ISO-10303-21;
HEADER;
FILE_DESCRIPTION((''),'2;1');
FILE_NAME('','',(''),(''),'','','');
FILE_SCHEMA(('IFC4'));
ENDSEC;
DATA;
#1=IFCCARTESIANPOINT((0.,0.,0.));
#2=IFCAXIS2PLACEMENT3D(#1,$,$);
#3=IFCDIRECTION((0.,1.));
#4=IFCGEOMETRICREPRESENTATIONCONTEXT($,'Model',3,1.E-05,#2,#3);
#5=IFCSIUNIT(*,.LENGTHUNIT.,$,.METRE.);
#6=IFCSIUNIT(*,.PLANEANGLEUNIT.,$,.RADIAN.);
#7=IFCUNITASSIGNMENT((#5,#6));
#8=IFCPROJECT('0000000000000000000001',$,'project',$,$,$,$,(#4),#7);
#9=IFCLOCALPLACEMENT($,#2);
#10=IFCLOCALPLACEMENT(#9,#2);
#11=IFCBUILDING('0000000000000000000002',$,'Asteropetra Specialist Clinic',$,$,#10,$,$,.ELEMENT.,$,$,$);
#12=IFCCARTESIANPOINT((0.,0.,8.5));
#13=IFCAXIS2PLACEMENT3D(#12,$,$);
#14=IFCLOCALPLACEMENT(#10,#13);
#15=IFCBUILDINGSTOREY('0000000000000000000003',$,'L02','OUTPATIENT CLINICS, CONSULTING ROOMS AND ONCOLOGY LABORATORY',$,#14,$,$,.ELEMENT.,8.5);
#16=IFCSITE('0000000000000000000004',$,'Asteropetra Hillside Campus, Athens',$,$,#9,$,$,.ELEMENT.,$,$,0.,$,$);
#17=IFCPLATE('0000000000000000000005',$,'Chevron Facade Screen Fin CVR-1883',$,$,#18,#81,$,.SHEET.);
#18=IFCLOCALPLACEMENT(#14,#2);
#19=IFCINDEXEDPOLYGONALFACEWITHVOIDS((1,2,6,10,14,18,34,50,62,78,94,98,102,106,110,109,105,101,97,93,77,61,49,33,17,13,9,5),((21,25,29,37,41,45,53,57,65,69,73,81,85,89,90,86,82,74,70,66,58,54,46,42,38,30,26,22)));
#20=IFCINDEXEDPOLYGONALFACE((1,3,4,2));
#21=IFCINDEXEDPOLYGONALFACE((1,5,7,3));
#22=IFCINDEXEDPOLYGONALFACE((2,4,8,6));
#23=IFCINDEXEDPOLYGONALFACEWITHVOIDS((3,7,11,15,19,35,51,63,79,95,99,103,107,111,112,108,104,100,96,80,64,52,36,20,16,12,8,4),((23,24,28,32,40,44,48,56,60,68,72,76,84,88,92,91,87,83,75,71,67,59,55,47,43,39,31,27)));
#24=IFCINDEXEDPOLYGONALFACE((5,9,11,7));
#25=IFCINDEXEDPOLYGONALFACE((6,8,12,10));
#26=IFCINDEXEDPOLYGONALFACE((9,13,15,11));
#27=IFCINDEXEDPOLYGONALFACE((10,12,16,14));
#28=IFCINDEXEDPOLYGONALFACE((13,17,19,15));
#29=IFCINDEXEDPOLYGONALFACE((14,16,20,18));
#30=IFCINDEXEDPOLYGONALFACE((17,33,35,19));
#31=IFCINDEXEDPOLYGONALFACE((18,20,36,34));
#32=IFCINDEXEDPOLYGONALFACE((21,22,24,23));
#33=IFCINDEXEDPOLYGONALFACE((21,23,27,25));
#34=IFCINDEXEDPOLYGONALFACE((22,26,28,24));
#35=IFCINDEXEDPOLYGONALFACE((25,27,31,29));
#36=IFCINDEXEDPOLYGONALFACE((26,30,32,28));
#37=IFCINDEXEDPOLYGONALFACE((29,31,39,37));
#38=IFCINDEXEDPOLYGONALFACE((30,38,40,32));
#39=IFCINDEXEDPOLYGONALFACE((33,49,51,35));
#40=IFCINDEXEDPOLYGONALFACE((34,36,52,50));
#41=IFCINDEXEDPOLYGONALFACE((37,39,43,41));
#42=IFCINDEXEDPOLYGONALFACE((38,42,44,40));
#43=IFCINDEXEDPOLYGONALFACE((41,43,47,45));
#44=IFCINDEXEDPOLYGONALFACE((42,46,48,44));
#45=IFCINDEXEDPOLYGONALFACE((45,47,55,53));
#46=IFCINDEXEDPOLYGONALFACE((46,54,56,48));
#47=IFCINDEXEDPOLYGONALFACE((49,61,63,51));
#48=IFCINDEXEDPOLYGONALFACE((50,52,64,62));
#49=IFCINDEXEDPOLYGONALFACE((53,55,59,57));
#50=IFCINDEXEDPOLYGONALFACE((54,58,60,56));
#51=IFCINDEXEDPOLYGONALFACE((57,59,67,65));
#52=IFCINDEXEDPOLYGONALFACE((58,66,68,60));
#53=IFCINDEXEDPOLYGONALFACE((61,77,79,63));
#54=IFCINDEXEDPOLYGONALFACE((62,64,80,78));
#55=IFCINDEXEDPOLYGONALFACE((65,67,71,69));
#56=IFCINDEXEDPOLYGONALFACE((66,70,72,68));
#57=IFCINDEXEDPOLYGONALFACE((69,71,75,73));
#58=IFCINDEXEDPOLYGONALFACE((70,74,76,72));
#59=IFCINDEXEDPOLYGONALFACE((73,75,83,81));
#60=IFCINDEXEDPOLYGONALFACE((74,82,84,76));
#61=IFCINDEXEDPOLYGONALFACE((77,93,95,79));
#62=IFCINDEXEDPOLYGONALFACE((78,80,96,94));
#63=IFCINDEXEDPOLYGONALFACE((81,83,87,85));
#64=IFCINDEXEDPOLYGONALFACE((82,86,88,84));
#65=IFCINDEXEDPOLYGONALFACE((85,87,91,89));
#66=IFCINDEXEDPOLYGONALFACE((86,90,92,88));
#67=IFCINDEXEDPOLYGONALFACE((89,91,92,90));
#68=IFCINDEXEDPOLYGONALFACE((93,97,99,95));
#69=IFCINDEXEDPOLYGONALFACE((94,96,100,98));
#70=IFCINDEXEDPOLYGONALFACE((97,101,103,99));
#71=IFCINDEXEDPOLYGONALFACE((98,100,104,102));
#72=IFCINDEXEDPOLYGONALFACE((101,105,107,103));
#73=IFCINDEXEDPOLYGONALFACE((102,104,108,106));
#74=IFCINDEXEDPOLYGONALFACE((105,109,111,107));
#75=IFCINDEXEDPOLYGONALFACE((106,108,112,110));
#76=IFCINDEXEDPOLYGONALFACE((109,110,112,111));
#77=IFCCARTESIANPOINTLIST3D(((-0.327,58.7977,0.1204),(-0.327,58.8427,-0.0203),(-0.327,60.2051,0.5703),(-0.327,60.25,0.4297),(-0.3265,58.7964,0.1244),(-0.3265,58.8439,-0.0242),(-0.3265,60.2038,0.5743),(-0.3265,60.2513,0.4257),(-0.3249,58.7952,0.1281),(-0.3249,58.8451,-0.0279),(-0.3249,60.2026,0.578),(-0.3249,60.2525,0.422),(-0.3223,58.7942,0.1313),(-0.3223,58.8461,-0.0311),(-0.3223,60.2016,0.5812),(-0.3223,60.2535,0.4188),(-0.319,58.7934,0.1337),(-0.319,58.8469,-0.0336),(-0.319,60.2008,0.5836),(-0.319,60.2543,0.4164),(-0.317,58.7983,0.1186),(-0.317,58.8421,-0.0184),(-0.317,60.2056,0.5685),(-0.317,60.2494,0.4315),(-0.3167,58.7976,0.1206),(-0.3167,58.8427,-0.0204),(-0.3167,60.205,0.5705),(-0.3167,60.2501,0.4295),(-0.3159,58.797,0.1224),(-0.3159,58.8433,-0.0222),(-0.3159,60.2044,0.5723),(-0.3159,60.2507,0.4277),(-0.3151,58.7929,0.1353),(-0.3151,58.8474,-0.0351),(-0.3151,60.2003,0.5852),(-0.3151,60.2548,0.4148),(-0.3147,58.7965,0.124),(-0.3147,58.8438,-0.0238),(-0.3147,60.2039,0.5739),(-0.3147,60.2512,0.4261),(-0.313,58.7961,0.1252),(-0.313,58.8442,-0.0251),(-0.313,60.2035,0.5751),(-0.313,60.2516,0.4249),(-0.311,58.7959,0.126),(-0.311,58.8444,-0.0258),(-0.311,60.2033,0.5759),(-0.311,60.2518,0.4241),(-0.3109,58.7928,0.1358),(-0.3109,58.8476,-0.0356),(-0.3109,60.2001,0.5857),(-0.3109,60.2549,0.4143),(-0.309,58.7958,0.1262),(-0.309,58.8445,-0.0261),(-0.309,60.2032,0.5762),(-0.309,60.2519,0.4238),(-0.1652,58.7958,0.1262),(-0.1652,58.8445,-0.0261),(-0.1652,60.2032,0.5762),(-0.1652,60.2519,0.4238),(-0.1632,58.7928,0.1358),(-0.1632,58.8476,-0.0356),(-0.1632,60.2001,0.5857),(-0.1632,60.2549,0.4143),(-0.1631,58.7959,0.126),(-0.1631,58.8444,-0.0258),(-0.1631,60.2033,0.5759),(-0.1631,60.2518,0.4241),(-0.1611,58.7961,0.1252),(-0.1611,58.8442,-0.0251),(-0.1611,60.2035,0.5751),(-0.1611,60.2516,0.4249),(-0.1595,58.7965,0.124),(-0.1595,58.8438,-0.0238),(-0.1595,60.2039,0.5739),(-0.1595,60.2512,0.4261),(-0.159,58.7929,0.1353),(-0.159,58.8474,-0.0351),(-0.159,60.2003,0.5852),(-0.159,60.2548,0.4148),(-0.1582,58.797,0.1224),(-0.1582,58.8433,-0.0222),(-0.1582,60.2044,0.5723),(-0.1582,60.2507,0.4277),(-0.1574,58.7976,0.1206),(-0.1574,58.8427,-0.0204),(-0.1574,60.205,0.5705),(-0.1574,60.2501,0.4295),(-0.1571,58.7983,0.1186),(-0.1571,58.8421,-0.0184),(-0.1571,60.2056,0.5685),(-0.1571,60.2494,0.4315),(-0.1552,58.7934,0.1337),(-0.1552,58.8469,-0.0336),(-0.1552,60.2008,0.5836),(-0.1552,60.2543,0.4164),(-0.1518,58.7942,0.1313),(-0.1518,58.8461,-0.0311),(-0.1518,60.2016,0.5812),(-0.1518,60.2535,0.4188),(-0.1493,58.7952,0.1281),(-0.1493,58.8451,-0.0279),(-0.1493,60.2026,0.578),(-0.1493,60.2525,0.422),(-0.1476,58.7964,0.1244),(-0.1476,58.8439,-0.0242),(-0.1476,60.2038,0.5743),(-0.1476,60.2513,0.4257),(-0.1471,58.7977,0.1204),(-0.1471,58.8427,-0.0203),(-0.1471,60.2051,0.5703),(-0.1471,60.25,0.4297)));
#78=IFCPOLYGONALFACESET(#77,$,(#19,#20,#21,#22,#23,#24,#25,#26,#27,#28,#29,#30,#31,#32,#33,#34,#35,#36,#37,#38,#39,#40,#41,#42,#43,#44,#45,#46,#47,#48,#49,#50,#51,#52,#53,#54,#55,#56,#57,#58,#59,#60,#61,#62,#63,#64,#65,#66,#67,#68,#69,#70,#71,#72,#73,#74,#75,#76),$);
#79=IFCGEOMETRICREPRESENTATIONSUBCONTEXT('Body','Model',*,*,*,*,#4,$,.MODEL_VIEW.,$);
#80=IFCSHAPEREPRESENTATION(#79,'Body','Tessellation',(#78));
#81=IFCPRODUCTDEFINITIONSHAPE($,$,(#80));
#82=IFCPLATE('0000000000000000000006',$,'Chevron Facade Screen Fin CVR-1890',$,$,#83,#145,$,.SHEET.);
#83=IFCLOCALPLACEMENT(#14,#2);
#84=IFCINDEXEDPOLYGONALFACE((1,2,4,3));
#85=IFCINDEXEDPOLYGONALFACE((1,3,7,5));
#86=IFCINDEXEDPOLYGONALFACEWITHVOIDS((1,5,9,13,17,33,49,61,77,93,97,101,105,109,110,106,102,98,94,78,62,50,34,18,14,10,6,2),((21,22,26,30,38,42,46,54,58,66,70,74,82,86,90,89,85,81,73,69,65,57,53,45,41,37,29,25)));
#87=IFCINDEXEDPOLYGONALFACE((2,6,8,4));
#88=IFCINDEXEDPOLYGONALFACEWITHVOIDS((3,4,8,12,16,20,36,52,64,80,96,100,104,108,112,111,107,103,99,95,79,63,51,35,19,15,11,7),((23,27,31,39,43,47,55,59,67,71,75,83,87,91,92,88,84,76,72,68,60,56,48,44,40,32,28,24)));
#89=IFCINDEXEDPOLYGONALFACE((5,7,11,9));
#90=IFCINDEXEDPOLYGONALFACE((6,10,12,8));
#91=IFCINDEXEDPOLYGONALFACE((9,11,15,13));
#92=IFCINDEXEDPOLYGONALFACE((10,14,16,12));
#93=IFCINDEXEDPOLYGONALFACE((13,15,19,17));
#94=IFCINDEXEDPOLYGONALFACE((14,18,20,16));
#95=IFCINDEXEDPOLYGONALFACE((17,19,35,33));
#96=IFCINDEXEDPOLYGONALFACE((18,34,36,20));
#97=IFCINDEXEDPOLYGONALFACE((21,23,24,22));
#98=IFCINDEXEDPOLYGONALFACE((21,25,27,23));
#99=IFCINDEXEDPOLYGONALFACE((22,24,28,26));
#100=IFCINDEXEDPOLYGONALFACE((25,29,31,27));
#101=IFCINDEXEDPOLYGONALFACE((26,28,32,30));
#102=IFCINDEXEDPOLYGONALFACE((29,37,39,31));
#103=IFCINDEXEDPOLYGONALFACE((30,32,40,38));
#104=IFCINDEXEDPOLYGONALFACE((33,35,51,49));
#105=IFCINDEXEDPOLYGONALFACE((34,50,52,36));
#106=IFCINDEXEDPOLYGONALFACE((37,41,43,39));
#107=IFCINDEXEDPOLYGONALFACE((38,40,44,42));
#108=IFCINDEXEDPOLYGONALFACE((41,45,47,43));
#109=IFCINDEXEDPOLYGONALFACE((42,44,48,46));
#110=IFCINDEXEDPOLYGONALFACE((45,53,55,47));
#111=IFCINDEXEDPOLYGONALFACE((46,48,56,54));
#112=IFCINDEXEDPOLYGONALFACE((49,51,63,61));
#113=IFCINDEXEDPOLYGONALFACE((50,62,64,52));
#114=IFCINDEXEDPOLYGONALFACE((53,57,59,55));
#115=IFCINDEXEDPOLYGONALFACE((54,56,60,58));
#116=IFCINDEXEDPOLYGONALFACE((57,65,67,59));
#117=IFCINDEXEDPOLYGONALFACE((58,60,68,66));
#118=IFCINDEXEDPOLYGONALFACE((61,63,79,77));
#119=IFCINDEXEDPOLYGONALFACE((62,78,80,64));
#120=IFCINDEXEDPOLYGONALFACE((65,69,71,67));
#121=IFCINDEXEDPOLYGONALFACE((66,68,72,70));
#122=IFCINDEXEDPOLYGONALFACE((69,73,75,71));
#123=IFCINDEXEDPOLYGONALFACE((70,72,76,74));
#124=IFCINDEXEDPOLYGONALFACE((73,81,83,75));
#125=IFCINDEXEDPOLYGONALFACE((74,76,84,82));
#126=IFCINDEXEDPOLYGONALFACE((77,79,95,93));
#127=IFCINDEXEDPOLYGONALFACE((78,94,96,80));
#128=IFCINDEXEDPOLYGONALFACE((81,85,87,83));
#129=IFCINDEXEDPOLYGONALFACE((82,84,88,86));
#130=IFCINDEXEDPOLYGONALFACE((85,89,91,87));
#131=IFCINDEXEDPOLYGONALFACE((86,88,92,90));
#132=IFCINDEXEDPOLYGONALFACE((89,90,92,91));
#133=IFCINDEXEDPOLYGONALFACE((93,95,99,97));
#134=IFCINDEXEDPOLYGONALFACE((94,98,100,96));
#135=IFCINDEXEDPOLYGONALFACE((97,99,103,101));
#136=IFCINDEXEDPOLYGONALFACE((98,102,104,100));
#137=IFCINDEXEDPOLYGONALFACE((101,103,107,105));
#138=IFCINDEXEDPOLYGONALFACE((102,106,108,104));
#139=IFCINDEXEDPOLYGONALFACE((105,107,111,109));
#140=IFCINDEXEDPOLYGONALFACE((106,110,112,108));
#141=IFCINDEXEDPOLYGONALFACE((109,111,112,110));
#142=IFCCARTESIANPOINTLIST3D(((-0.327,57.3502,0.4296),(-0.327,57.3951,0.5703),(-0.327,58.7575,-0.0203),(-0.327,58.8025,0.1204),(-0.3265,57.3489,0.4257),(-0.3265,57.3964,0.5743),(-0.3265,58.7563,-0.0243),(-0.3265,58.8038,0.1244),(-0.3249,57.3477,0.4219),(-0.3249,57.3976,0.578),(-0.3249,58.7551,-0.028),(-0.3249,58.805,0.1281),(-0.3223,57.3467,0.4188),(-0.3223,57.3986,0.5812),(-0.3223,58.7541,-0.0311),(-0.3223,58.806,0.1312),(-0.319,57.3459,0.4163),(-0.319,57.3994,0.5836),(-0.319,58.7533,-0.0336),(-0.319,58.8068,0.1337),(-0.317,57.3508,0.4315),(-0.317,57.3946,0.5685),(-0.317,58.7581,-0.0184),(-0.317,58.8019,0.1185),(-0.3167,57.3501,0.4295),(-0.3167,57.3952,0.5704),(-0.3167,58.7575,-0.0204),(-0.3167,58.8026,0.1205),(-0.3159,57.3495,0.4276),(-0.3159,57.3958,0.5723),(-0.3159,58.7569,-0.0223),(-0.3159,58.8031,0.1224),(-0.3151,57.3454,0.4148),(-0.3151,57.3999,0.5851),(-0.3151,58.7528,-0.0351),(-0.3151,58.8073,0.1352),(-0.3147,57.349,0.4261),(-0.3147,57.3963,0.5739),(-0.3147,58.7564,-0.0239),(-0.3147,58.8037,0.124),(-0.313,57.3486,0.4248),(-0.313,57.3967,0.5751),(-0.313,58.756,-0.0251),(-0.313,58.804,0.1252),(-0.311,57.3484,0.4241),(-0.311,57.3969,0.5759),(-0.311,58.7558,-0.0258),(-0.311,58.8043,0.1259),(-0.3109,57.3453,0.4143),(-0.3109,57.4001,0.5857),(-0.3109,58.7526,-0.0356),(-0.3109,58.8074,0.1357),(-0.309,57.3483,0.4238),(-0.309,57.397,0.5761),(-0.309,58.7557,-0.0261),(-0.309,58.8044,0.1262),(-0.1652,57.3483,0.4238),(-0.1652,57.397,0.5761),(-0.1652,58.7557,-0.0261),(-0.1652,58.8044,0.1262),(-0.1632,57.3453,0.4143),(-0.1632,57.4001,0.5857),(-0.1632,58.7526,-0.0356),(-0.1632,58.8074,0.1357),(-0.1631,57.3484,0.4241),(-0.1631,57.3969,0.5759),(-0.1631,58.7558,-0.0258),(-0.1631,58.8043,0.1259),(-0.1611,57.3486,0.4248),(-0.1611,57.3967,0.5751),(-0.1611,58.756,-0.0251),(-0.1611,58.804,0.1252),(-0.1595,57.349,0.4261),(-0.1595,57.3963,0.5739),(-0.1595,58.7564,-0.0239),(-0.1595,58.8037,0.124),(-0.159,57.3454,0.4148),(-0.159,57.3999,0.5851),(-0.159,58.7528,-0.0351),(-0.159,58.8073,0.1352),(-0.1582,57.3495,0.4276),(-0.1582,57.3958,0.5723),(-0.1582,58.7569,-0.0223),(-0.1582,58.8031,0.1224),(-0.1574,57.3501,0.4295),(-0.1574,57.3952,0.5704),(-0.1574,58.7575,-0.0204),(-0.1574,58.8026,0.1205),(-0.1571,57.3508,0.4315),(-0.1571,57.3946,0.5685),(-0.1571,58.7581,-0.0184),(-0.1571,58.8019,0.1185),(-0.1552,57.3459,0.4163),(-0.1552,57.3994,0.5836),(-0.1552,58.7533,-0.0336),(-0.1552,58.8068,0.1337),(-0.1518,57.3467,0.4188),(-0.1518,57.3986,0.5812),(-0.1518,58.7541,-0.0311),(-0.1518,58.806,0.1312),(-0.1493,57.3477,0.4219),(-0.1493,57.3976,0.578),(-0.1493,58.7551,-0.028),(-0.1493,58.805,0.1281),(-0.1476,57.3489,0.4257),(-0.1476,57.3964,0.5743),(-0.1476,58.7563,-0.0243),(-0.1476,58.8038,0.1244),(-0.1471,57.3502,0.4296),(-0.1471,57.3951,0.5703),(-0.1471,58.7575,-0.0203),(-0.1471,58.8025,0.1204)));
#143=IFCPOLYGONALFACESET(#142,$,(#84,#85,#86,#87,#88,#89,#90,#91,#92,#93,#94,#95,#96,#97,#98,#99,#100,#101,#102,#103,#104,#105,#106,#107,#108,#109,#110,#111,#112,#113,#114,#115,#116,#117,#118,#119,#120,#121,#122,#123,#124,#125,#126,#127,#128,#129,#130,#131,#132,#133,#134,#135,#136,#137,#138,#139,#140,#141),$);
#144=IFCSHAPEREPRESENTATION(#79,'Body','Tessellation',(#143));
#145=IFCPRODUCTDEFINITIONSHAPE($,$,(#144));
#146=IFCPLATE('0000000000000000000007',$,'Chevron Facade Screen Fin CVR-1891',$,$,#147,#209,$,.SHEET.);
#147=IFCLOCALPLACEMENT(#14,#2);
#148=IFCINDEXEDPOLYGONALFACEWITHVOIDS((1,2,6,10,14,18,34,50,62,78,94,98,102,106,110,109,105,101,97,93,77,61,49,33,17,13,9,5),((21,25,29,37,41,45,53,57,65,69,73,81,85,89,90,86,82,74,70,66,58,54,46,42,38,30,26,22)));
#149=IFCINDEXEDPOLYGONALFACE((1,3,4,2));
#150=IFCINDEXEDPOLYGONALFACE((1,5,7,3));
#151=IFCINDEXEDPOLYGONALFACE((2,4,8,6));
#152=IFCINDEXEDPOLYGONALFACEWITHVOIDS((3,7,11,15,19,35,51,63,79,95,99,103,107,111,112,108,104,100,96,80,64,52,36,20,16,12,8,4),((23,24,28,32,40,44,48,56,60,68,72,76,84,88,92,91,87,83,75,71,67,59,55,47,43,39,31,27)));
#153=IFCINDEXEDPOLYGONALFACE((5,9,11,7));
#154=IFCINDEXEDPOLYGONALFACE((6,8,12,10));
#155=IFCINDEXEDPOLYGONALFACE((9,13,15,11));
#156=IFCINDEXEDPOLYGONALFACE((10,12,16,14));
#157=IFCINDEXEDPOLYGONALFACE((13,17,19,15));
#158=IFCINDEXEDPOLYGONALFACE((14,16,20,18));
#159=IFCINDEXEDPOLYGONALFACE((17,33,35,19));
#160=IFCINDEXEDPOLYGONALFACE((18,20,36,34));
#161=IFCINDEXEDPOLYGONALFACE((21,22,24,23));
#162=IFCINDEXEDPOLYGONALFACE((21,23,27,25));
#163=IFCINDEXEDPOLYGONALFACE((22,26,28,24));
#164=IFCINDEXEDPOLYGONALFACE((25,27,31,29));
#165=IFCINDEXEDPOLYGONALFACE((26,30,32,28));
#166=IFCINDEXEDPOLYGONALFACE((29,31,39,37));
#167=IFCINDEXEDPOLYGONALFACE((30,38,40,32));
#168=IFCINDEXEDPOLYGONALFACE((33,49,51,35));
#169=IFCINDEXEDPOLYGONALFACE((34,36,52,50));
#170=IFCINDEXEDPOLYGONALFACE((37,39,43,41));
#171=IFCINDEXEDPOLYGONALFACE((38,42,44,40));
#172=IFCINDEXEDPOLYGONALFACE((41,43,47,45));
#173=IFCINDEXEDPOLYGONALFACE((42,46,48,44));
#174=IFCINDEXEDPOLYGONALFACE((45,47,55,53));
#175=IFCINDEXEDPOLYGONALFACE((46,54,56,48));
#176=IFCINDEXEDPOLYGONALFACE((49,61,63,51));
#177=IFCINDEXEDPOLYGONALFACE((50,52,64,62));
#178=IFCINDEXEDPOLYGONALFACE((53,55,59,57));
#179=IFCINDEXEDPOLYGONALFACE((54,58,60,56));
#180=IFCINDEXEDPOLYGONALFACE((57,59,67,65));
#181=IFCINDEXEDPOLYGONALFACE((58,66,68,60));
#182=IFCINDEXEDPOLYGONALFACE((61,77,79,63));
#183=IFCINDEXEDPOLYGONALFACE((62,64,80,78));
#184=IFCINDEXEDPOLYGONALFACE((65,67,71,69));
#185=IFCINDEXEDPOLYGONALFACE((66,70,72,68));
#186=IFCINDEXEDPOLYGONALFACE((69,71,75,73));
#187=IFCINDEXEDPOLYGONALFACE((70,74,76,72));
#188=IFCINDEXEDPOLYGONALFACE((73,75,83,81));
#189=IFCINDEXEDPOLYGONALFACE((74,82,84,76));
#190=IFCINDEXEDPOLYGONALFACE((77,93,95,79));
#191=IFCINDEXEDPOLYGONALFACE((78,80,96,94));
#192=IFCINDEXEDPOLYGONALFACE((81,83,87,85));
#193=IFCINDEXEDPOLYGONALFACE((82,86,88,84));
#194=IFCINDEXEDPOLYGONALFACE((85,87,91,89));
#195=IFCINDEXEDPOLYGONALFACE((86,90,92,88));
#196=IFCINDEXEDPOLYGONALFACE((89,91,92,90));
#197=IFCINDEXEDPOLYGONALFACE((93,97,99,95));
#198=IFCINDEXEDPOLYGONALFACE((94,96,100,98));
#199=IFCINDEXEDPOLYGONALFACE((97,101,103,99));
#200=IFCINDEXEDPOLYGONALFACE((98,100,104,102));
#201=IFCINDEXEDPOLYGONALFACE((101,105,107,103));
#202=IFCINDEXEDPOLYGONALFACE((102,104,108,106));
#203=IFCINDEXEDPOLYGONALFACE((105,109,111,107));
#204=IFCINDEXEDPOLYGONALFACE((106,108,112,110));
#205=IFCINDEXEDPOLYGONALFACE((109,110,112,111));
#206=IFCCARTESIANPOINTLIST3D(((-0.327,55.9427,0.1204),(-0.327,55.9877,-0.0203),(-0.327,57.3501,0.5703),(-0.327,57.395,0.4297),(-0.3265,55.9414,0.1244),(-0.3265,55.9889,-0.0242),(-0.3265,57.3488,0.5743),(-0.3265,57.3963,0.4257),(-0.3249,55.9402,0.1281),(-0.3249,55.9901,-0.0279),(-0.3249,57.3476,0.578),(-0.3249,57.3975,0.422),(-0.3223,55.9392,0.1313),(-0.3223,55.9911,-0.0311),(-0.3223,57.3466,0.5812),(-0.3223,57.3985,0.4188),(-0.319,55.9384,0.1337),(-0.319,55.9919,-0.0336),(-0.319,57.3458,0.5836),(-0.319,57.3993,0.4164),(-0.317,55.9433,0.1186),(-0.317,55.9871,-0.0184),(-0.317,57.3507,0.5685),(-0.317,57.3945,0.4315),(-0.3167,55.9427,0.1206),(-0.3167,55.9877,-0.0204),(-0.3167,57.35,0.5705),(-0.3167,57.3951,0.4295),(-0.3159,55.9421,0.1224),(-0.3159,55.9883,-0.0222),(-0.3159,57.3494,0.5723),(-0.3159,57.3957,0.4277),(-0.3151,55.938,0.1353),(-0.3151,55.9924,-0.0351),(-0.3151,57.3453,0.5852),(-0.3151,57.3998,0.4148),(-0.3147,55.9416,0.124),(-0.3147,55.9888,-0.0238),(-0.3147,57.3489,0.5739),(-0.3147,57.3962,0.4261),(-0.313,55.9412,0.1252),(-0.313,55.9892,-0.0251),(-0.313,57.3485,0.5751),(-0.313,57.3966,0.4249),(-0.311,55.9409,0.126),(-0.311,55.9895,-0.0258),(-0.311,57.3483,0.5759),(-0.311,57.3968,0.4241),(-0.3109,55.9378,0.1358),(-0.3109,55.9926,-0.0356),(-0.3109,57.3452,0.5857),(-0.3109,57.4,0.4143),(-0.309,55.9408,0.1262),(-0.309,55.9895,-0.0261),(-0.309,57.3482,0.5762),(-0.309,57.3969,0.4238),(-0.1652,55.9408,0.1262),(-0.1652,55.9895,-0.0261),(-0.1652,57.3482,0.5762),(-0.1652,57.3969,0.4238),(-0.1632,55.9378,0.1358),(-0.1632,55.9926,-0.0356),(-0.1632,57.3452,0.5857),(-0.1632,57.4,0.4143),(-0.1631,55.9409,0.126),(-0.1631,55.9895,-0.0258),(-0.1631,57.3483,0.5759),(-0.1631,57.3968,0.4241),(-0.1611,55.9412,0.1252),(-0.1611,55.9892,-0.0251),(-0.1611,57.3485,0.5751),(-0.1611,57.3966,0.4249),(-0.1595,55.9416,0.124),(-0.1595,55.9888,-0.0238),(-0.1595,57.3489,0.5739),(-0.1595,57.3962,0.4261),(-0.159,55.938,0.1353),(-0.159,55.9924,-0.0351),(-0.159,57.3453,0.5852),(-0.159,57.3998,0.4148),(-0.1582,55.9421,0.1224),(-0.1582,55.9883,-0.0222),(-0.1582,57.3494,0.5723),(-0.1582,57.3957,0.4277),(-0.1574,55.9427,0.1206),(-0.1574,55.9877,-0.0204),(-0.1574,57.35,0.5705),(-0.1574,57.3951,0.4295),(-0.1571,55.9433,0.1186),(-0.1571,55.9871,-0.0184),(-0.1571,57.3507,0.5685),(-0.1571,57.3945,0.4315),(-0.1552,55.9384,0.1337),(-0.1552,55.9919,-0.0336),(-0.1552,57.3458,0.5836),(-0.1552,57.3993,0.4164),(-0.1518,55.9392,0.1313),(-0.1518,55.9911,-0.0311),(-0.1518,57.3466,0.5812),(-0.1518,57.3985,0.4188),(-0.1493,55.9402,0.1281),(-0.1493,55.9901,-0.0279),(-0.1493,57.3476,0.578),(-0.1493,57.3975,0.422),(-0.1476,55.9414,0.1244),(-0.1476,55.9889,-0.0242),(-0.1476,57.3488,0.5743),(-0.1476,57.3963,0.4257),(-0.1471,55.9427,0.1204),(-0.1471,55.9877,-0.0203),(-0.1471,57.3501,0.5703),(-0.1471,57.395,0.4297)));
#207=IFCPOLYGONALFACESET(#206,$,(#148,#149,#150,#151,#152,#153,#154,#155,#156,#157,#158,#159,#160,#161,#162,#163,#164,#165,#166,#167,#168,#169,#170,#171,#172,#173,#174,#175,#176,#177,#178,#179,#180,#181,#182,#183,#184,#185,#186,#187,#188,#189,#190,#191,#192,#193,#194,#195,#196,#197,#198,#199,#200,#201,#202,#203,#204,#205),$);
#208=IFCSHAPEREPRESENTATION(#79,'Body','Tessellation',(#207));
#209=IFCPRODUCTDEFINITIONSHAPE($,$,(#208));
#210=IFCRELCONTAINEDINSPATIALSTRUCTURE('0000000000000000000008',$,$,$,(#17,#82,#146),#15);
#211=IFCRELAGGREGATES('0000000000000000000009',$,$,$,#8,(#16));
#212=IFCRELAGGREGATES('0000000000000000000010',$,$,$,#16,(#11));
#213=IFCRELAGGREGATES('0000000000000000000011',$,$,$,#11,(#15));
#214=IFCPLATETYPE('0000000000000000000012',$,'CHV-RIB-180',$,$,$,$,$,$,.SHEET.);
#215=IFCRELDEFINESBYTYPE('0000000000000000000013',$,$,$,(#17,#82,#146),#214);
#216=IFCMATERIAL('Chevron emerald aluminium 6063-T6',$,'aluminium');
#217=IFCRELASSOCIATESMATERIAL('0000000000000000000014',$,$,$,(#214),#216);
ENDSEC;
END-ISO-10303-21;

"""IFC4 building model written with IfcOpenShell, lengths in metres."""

from ifc_helpers import new_model, si_unit, direction, frame, origin, origin_2d, place, context, subcontext, project, spatial, hollow_rectangle, extrude, material, material_profile, profile_set, type_object, element, save


model = new_model("IFC4")

# Units and contexts
model_context = context("Model", 3, precision=1e-05, world=origin(), true_north=direction((0.0, 1.0)))
body_context = subcontext(model_context, "Body", "Model", "MODEL_VIEW")
ifc_project = project(units=[si_unit("LENGTHUNIT", "METRE"), si_unit("PLANEANGLEUNIT", "RADIAN")], contexts=[model_context])

# Site, building, storey
site_placement = place(None, origin())
site = spatial("IfcSite", under=ifc_project, at=site_placement, Name="Asteropetra Hillside Campus, Athens", CompositionType="ELEMENT", RefElevation=0.0)
building_placement = place(site_placement, origin())
building = spatial("IfcBuilding", under=site, at=building_placement, Name="Asteropetra Specialist Clinic", CompositionType="ELEMENT")
storey_placement = place(building_placement, frame((0.0, 0.0, 8.5)))
storey = spatial("IfcBuildingStorey", under=building, at=storey_placement, Name="L02", Description="OUTPATIENT CLINICS, CONSULTING ROOMS AND ONCOLOGY LABORATORY", CompositionType="ELEMENT", Elevation=8.5)

# Plates
ifc_material = material(Name="Chevron emerald aluminium 6063-T6", Category="aluminium")
ifc_material_profile = material_profile(ifc_material, hollow_rectangle(XDim=0.1799, YDim=0.1799, WallThickness=0.01, InnerFilletRadius=0.0081, OuterFilletRadius=0.0161, at=origin_2d()), Name="SHS 180x180x10.0")
ifc_profile_set = profile_set([ifc_material_profile], Name="Chevron emerald aluminium 6063-T6")
plate_type = type_object("IfcPlateType", Name="CHV-RIB-180", PredefinedType="SHEET", material=ifc_profile_set)
for number, where, z_axis, x_axis, name in (
    (1, (-0.2371, 60.2275, 0.5), (0.0, -0.95251, -0.304506), (1.0, 0.0, 0.0), "Chevron Facade Screen Fin CVR-1883"),
    (2, (-0.2371, 58.78, 0.05), (0.0, -0.95251, 0.304506), (1.0, 0.0, 0.0), "Chevron Facade Screen Fin CVR-1890"),
    (3, (-0.2371, 57.3726, 0.5), (0.0, -0.95251, -0.304506), (1.0, 0.0, 0.0), "Chevron Facade Screen Fin CVR-1891"),
):
    element("IfcPlate", number, at=place(storey_placement, frame(where, z_axis=z_axis, x_axis=x_axis)), inside=storey, type_object=plate_type, Name=name, PredefinedType="SHEET", context=body_context, shape_type="SweptSolid", body=[
        extrude(hollow_rectangle(XDim=0.1799, YDim=0.1799, WallThickness=0.01, InnerFilletRadius=0.0081, OuterFilletRadius=0.0161, at=origin_2d()), origin(), (0.0, 0.0, 1.0), 1.4775),
    ])

save(model, "model.ifc")
